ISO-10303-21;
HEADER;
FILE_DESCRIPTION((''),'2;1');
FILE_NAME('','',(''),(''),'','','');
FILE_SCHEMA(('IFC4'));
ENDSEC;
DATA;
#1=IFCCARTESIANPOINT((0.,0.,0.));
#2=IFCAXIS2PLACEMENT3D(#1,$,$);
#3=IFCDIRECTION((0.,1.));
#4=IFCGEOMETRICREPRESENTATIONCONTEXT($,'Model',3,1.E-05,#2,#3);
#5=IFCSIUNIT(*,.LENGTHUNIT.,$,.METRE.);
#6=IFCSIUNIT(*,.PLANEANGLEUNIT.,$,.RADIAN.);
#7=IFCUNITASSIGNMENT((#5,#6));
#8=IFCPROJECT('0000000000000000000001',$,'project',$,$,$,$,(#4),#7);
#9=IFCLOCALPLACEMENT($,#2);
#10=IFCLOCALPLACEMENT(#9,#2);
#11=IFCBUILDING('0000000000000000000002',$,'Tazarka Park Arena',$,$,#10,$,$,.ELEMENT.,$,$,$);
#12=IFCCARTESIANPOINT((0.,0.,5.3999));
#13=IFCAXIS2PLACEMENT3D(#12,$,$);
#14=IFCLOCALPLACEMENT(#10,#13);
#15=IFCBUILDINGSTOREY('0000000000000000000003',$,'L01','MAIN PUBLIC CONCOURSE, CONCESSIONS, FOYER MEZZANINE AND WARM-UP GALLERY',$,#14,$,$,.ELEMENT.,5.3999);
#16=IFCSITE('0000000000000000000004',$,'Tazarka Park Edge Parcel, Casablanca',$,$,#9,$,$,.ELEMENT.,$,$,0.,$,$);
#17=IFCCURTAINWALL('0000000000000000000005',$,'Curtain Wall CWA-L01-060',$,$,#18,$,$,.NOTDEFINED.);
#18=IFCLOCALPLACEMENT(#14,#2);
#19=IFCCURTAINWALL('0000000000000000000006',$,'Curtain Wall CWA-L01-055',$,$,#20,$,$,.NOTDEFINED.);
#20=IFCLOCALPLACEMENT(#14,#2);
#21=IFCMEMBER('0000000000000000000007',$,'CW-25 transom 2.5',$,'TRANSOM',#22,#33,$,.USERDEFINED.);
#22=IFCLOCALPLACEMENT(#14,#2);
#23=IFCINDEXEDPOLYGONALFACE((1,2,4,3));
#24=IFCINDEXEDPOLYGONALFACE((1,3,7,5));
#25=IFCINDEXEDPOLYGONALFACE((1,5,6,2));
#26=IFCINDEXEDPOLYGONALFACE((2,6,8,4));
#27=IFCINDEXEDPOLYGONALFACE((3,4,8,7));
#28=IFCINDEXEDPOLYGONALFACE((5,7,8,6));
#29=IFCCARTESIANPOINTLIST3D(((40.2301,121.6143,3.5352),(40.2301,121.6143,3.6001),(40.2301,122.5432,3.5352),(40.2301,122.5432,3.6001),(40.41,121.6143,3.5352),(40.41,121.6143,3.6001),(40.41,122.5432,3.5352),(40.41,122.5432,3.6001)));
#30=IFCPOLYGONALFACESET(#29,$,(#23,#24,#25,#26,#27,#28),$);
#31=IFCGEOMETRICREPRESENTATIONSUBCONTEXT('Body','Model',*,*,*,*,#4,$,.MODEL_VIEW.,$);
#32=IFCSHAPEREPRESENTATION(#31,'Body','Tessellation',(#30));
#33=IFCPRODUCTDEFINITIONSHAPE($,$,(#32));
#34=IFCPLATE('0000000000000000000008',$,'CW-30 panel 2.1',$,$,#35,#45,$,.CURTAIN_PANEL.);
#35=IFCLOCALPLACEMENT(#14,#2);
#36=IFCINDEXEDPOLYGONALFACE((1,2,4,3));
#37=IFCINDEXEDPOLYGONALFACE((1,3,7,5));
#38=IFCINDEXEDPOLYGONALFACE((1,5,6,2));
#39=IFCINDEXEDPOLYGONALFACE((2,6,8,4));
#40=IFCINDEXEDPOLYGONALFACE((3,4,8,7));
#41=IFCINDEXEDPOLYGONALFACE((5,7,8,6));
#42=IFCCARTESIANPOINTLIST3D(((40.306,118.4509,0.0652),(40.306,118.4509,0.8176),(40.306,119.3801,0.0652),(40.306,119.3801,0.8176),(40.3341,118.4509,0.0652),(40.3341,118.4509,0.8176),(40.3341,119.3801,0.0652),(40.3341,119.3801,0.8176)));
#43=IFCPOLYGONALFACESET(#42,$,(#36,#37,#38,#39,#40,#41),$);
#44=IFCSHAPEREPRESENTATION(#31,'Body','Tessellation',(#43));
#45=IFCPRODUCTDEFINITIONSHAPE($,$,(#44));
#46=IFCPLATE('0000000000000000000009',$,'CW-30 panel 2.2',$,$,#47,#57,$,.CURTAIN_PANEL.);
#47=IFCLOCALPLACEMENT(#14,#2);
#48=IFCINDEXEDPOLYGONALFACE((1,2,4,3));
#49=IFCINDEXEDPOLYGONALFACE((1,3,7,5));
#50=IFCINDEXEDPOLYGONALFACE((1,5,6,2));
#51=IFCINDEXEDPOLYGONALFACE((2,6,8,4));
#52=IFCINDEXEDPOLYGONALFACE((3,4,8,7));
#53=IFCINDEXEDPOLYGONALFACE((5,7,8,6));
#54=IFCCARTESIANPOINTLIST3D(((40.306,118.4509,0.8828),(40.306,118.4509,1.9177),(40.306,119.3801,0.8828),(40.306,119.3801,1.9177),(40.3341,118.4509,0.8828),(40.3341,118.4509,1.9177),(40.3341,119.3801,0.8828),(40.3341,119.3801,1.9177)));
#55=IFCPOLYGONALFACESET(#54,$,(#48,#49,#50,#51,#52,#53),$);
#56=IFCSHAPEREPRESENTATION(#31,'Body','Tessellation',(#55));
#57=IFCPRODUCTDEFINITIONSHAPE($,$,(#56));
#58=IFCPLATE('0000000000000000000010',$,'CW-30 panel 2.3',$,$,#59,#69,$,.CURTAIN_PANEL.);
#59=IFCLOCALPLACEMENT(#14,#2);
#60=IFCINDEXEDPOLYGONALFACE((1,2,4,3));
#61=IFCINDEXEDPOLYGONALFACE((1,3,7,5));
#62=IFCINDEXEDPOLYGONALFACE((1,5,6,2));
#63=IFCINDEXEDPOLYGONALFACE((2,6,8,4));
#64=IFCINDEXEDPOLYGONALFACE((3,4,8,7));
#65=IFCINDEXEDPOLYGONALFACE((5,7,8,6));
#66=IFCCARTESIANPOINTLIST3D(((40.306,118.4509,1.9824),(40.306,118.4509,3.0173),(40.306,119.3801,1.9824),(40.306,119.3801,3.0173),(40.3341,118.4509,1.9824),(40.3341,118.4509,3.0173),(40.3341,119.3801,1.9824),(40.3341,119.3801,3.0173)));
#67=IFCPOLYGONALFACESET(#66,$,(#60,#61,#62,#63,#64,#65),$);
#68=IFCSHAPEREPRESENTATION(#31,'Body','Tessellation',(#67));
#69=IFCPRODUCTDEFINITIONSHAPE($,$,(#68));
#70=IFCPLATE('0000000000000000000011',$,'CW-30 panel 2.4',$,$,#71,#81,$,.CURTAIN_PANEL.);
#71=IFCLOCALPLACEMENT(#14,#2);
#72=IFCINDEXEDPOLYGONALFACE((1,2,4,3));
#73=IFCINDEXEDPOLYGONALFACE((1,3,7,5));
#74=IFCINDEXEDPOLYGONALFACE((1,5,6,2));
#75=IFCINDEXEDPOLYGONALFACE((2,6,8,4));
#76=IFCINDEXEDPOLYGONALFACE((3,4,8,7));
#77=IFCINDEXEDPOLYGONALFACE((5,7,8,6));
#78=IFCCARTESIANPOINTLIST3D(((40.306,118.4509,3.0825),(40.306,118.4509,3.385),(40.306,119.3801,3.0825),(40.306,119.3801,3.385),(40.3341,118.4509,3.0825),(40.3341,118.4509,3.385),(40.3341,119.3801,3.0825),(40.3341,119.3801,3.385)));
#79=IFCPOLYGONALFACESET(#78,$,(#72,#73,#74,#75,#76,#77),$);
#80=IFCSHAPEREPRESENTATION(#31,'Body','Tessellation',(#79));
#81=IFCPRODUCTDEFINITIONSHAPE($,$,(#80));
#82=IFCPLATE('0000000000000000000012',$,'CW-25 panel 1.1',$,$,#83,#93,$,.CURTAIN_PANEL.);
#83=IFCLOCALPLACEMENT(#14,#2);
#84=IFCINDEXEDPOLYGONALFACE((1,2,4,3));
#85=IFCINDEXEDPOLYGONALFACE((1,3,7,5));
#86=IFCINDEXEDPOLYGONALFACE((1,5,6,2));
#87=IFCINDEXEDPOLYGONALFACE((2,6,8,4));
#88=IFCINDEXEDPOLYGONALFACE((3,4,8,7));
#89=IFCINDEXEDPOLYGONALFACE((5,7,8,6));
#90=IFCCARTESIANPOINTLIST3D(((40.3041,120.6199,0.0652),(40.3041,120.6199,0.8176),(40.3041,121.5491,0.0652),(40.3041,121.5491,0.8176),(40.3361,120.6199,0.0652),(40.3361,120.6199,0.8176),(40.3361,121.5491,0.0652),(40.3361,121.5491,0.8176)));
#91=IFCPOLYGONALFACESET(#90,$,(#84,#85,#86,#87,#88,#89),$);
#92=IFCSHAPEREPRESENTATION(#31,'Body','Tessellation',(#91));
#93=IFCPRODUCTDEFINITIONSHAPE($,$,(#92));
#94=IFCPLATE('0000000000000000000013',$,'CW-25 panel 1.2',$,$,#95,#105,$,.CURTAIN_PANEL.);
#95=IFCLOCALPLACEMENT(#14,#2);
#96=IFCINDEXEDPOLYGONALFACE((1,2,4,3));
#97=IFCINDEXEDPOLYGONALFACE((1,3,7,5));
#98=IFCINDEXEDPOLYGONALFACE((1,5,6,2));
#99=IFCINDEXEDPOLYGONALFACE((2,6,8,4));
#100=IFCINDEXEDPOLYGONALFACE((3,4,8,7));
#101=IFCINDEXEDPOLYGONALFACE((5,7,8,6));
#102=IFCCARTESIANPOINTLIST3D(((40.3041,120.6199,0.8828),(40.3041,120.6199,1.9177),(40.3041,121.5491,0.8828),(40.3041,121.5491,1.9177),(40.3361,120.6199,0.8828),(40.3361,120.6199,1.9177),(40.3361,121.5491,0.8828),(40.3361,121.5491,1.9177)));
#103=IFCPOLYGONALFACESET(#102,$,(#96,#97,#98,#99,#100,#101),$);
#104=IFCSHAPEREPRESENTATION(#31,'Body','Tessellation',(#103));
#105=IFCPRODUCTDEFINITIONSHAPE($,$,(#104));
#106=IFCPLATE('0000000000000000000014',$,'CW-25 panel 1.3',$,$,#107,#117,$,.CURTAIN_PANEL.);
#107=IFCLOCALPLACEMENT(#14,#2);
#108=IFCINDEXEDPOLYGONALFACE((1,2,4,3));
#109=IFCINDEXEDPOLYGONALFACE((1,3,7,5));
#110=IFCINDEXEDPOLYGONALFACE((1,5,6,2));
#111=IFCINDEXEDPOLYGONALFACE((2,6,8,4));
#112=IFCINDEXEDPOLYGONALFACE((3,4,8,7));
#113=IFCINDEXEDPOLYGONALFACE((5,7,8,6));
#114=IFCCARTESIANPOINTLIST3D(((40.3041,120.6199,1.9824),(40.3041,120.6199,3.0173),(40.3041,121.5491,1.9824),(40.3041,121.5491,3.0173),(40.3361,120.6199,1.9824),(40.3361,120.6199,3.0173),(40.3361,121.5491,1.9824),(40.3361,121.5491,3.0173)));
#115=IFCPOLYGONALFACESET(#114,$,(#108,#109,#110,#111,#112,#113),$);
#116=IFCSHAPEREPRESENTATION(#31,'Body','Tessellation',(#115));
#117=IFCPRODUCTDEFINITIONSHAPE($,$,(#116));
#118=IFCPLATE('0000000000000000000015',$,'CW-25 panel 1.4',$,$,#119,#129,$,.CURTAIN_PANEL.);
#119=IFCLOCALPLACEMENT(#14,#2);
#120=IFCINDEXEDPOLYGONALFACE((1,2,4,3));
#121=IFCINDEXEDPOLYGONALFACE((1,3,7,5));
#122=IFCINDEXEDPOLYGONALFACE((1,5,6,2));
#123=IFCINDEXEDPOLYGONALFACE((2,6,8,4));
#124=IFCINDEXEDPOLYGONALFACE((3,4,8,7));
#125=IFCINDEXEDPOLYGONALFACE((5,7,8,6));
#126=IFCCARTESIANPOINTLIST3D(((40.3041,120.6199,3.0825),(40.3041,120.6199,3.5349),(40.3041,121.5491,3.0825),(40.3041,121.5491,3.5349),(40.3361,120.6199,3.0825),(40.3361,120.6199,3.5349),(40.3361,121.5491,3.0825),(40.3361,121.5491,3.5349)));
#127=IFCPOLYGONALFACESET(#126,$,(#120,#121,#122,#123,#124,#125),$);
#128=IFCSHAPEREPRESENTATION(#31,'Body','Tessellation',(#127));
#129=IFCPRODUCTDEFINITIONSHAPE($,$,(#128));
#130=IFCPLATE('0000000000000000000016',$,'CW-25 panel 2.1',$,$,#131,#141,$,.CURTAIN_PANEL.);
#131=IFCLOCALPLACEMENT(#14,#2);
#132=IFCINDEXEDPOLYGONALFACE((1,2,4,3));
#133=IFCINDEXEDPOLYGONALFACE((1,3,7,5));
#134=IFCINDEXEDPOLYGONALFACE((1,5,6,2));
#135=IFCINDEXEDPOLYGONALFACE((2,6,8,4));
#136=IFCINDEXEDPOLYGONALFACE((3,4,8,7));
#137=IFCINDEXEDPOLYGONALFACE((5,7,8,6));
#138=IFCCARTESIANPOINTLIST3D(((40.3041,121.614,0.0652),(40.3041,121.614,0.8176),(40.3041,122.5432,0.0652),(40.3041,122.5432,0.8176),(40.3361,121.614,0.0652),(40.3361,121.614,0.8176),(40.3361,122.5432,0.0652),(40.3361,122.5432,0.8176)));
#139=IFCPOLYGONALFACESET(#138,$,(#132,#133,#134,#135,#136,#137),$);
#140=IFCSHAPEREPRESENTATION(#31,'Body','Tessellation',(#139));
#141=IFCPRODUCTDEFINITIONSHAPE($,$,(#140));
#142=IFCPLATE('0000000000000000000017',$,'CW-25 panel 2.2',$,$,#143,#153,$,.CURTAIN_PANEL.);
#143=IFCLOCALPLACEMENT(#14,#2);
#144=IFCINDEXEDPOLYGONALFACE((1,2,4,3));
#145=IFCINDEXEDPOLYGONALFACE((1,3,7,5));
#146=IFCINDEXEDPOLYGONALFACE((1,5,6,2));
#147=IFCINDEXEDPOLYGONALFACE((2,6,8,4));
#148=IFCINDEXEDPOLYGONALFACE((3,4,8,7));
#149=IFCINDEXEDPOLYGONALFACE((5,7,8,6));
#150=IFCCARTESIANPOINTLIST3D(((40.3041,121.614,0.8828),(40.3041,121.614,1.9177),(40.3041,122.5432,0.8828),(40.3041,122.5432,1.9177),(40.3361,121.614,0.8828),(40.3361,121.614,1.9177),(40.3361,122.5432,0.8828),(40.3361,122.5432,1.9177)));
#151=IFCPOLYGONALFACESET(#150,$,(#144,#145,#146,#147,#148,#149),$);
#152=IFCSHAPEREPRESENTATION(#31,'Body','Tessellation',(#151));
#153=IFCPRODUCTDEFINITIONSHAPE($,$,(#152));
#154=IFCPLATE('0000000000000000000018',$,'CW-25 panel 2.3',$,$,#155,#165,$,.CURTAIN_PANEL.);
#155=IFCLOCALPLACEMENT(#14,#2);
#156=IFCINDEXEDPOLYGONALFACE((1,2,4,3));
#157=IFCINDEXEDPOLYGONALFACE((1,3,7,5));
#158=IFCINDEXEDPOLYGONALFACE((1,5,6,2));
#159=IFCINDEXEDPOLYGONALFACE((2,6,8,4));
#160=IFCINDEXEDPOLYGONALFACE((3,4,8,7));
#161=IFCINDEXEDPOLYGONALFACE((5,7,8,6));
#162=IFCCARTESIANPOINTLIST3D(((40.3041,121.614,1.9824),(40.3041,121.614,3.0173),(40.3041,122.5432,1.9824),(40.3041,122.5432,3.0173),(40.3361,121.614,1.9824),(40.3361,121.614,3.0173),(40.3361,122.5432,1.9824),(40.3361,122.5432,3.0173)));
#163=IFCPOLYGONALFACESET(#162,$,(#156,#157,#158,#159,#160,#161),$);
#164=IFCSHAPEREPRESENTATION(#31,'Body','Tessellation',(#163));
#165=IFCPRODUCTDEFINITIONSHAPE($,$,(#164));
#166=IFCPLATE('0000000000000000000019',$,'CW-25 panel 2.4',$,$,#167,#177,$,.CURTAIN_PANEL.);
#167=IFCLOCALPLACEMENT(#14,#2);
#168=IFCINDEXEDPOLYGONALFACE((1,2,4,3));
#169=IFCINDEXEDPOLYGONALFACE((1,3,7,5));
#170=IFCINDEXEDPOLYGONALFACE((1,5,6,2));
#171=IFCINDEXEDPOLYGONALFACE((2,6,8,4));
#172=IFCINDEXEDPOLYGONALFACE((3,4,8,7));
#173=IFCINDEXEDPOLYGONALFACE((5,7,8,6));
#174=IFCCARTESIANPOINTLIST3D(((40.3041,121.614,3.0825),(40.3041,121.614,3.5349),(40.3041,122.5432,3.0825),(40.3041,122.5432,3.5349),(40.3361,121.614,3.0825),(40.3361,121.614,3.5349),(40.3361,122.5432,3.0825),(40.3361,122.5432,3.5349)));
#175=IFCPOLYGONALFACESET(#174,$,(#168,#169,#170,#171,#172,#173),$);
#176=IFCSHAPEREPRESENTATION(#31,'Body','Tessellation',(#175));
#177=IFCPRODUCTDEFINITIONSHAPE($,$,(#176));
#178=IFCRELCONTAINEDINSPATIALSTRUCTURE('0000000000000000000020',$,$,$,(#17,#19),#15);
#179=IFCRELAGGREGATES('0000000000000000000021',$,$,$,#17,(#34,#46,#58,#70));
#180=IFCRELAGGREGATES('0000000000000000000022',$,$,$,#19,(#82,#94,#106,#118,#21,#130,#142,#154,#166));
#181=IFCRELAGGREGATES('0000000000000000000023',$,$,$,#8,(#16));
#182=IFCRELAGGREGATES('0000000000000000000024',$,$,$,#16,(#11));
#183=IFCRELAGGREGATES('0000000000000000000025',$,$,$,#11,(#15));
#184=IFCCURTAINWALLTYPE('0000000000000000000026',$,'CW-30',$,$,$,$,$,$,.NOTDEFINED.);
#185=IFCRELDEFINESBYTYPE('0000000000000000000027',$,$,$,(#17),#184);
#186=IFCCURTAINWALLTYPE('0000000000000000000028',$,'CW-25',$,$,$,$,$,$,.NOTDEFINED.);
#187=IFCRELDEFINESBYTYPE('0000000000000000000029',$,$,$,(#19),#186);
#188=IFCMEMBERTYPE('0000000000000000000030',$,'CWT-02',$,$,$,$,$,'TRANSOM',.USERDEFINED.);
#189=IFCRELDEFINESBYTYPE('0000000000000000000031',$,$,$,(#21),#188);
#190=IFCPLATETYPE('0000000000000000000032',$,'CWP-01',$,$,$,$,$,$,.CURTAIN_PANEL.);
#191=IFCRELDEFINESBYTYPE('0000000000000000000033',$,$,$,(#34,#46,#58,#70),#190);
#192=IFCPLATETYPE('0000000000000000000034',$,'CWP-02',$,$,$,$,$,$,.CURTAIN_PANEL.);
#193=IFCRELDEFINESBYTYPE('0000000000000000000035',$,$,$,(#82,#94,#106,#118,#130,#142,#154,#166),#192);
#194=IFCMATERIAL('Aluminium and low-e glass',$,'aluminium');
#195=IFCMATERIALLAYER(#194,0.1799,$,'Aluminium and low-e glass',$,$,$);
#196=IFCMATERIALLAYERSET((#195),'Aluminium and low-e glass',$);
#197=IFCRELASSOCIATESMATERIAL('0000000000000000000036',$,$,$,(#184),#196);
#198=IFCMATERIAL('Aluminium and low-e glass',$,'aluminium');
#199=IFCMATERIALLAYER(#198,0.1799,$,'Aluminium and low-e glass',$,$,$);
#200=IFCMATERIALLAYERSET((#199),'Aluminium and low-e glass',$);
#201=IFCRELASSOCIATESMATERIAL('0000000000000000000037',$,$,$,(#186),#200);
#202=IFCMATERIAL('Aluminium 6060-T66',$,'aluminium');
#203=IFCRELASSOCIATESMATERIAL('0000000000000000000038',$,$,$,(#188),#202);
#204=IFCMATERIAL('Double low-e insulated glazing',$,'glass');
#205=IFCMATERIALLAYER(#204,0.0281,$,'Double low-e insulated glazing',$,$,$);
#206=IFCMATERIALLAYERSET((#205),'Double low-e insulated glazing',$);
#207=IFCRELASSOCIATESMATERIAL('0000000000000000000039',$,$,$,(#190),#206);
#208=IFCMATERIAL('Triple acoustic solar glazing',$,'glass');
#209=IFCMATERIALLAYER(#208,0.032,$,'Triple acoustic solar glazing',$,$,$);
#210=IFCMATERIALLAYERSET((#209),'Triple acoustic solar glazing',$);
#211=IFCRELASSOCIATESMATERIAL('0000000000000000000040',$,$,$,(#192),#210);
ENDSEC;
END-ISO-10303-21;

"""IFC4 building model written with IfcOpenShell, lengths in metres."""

from ifc_helpers import new_model, si_unit, direction, frame, origin, origin_2d, place, context, subcontext, project, spatial, rectangle, extrude, material, layer, layer_set, material_profile, profile_set, type_object, element, aggregate, save


model = new_model("IFC4")

# Units and contexts
model_context = context("Model", 3, precision=1e-05, world=origin(), true_north=direction((0.0, 1.0)))
body_context = subcontext(model_context, "Body", "Model", "MODEL_VIEW")
ifc_project = project(units=[si_unit("LENGTHUNIT", "METRE"), si_unit("PLANEANGLEUNIT", "RADIAN")], contexts=[model_context])

# Site, building, storey
site_placement = place(None, origin())
site = spatial("IfcSite", under=ifc_project, at=site_placement, Name="Tazarka Park Edge Parcel, Casablanca", CompositionType="ELEMENT", RefElevation=0.0)
building_placement = place(site_placement, origin())
building = spatial("IfcBuilding", under=site, at=building_placement, Name="Tazarka Park Arena", CompositionType="ELEMENT")
storey_placement = place(building_placement, frame((0.0, 0.0, 5.3999)))
storey = spatial("IfcBuildingStorey", under=building, at=storey_placement, Name="L01", Description="MAIN PUBLIC CONCOURSE, CONCESSIONS, FOYER MEZZANINE AND WARM-UP GALLERY", CompositionType="ELEMENT", Elevation=5.3999)

# Curtain wall
ifc_material_1 = material(Name="Aluminium and low-e glass", Category="aluminium")
ifc_layer_1 = layer(ifc_material_1, 0.1799, Name="Aluminium and low-e glass")
ifc_layer_set_1 = layer_set([ifc_layer_1], Name="Aluminium and low-e glass")
curtain_wall_type_1 = type_object("IfcCurtainWallType", Name="CW-30", PredefinedType="NOTDEFINED", material=ifc_layer_set_1)
curtain_wall_1_placement = place(storey_placement, origin())
curtain_wall_1 = element("IfcCurtainWall", 1, at=curtain_wall_1_placement, inside=storey, type_object=curtain_wall_type_1, Name="Curtain Wall CWA-L01-060", PredefinedType="NOTDEFINED")

# Curtain wall
ifc_material_2 = material(Name="Aluminium and low-e glass", Category="aluminium")
ifc_layer_2 = layer(ifc_material_2, 0.1799, Name="Aluminium and low-e glass")
ifc_layer_set_2 = layer_set([ifc_layer_2], Name="Aluminium and low-e glass")
curtain_wall_type_2 = type_object("IfcCurtainWallType", Name="CW-25", PredefinedType="NOTDEFINED", material=ifc_layer_set_2)
curtain_wall_2_placement = place(storey_placement, origin())
curtain_wall_2 = element("IfcCurtainWall", 2, at=curtain_wall_2_placement, inside=storey, type_object=curtain_wall_type_2, Name="Curtain Wall CWA-L01-055", PredefinedType="NOTDEFINED")

# Member
ifc_material_3 = material(Name="Aluminium 6060-T66", Category="aluminium")
ifc_material_profile_1 = material_profile(ifc_material_3, rectangle(XDim=0.1799, YDim=0.0649, at=origin_2d()), Name="Aluminium 6060-T66")
ifc_profile_set_1 = profile_set([ifc_material_profile_1], Name="Aluminium 6060-T66")
member_type_1 = type_object("IfcMemberType", Name="CWT-02", ElementType="TRANSOM", PredefinedType="USERDEFINED", material=ifc_profile_set_1)
member_1_placement = place(storey_placement, frame((40.3201, 121.6143, 3.5676), z_axis=(0.0, 1.0, 0.0), x_axis=(-1.0, 0.0, 0.0)))
member_1 = element("IfcMember", 3, at=member_1_placement, type_object=member_type_1, Name="CW-25 transom 2.5", ObjectType="TRANSOM", PredefinedType="USERDEFINED", context=body_context, shape_type="SweptSolid", body=[
    extrude(rectangle(XDim=0.1799, YDim=0.0649, at=origin_2d()), origin(), (0.0, 0.0, 1.0), 0.929),
])

# Plates
ifc_material_4 = material(Name="Double low-e insulated glazing", Category="glass")
ifc_layer_3 = layer(ifc_material_4, 0.0281, Name="Double low-e insulated glazing")
ifc_layer_set_3 = layer_set([ifc_layer_3], Name="Double low-e insulated glazing")
plate_type_1 = type_object("IfcPlateType", Name="CWP-01", PredefinedType="CURTAIN_PANEL", material=ifc_layer_set_3)
plate_1_placement = place(storey_placement, frame((40.3201, 118.9155, 0.0652), z_axis=(0.0, 0.0, 1.0), x_axis=(0.0, 1.0, 0.0)))
plate_1 = element("IfcPlate", 4, at=plate_1_placement, type_object=plate_type_1, Name="CW-30 panel 2.1", PredefinedType="CURTAIN_PANEL", context=body_context, shape_type="SweptSolid", body=[
    extrude(rectangle(XDim=0.9292, YDim=0.0281, at=origin_2d()), origin(), (0.0, 0.0, 1.0), 0.7524),
])
plate_2_placement = place(storey_placement, frame((40.3201, 118.9155, 0.8828), z_axis=(0.0, 0.0, 1.0), x_axis=(0.0, 1.0, 0.0)))
plate_2 = element("IfcPlate", 5, at=plate_2_placement, type_object=plate_type_1, Name="CW-30 panel 2.2", PredefinedType="CURTAIN_PANEL", context=body_context, shape_type="SweptSolid", body=[
    extrude(rectangle(XDim=0.9292, YDim=0.0281, at=origin_2d()), origin(), (0.0, 0.0, 1.0), 1.0349),
])
plate_3_placement = place(storey_placement, frame((40.3201, 118.9155, 1.9824), z_axis=(0.0, 0.0, 1.0), x_axis=(0.0, 1.0, 0.0)))
plate_3 = element("IfcPlate", 6, at=plate_3_placement, type_object=plate_type_1, Name="CW-30 panel 2.3", PredefinedType="CURTAIN_PANEL", context=body_context, shape_type="SweptSolid", body=[
    extrude(rectangle(XDim=0.9292, YDim=0.0281, at=origin_2d()), origin(), (0.0, 0.0, 1.0), 1.0349),
])
plate_4_placement = place(storey_placement, frame((40.3201, 118.9155, 3.0825), z_axis=(0.0, 0.0, 1.0), x_axis=(0.0, 1.0, 0.0)))
plate_4 = element("IfcPlate", 7, at=plate_4_placement, type_object=plate_type_1, Name="CW-30 panel 2.4", PredefinedType="CURTAIN_PANEL", context=body_context, shape_type="SweptSolid", body=[
    extrude(rectangle(XDim=0.9292, YDim=0.0281, at=origin_2d()), origin(), (0.0, 0.0, 1.0), 0.3025),
])
aggregate(curtain_wall_1, [plate_1, plate_2, plate_3, plate_4])
ifc_material_5 = material(Name="Triple acoustic solar glazing", Category="glass")
ifc_layer_4 = layer(ifc_material_5, 0.032, Name="Triple acoustic solar glazing")
ifc_layer_set_4 = layer_set([ifc_layer_4], Name="Triple acoustic solar glazing")
plate_type_2 = type_object("IfcPlateType", Name="CWP-02", PredefinedType="CURTAIN_PANEL", material=ifc_layer_set_4)
plate_5_placement = place(storey_placement, frame((40.3201, 121.0845, 0.0652), z_axis=(0.0, 0.0, 1.0), x_axis=(0.0, 1.0, 0.0)))
plate_5 = element("IfcPlate", 8, at=plate_5_placement, type_object=plate_type_2, Name="CW-25 panel 1.1", PredefinedType="CURTAIN_PANEL", context=body_context, shape_type="SweptSolid", body=[
    extrude(rectangle(XDim=0.9292, YDim=0.032, at=origin_2d()), origin(), (0.0, 0.0, 1.0), 0.7524),
])
plate_6_placement = place(storey_placement, frame((40.3201, 121.0845, 0.8828), z_axis=(0.0, 0.0, 1.0), x_axis=(0.0, 1.0, 0.0)))
plate_6 = element("IfcPlate", 9, at=plate_6_placement, type_object=plate_type_2, Name="CW-25 panel 1.2", PredefinedType="CURTAIN_PANEL", context=body_context, shape_type="SweptSolid", body=[
    extrude(rectangle(XDim=0.9292, YDim=0.032, at=origin_2d()), origin(), (0.0, 0.0, 1.0), 1.0349),
])
plate_7_placement = place(storey_placement, frame((40.3201, 121.0845, 1.9824), z_axis=(0.0, 0.0, 1.0), x_axis=(0.0, 1.0, 0.0)))
plate_7 = element("IfcPlate", 10, at=plate_7_placement, type_object=plate_type_2, Name="CW-25 panel 1.3", PredefinedType="CURTAIN_PANEL", context=body_context, shape_type="SweptSolid", body=[
    extrude(rectangle(XDim=0.9292, YDim=0.032, at=origin_2d()), origin(), (0.0, 0.0, 1.0), 1.0349),
])
plate_8_placement = place(storey_placement, frame((40.3201, 121.0845, 3.0825), z_axis=(0.0, 0.0, 1.0), x_axis=(0.0, 1.0, 0.0)))
plate_8 = element("IfcPlate", 11, at=plate_8_placement, type_object=plate_type_2, Name="CW-25 panel 1.4", PredefinedType="CURTAIN_PANEL", context=body_context, shape_type="SweptSolid", body=[
    extrude(rectangle(XDim=0.9292, YDim=0.032, at=origin_2d()), origin(), (0.0, 0.0, 1.0), 0.4524),
])
plate_9_placement = place(storey_placement, frame((40.3201, 122.0786, 0.0652), z_axis=(0.0, 0.0, 1.0), x_axis=(0.0, 1.0, 0.0)))
plate_9 = element("IfcPlate", 12, at=plate_9_placement, type_object=plate_type_2, Name="CW-25 panel 2.1", PredefinedType="CURTAIN_PANEL", context=body_context, shape_type="SweptSolid", body=[
    extrude(rectangle(XDim=0.9292, YDim=0.032, at=origin_2d()), origin(), (0.0, 0.0, 1.0), 0.7524),
])
plate_10_placement = place(storey_placement, frame((40.3201, 122.0786, 0.8828), z_axis=(0.0, 0.0, 1.0), x_axis=(0.0, 1.0, 0.0)))
plate_10 = element("IfcPlate", 13, at=plate_10_placement, type_object=plate_type_2, Name="CW-25 panel 2.2", PredefinedType="CURTAIN_PANEL", context=body_context, shape_type="SweptSolid", body=[
    extrude(rectangle(XDim=0.9292, YDim=0.032, at=origin_2d()), origin(), (0.0, 0.0, 1.0), 1.0349),
])
plate_11_placement = place(storey_placement, frame((40.3201, 122.0786, 1.9824), z_axis=(0.0, 0.0, 1.0), x_axis=(0.0, 1.0, 0.0)))
plate_11 = element("IfcPlate", 14, at=plate_11_placement, type_object=plate_type_2, Name="CW-25 panel 2.3", PredefinedType="CURTAIN_PANEL", context=body_context, shape_type="SweptSolid", body=[
    extrude(rectangle(XDim=0.9292, YDim=0.032, at=origin_2d()), origin(), (0.0, 0.0, 1.0), 1.0349),
])
plate_12_placement = place(storey_placement, frame((40.3201, 122.0786, 3.0825), z_axis=(0.0, 0.0, 1.0), x_axis=(0.0, 1.0, 0.0)))
plate_12 = element("IfcPlate", 15, at=plate_12_placement, type_object=plate_type_2, Name="CW-25 panel 2.4", PredefinedType="CURTAIN_PANEL", context=body_context, shape_type="SweptSolid", body=[
    extrude(rectangle(XDim=0.9292, YDim=0.032, at=origin_2d()), origin(), (0.0, 0.0, 1.0), 0.4524),
])
aggregate(curtain_wall_2, [plate_5, plate_6, plate_7, plate_8, member_1, plate_9, plate_10, plate_11, plate_12])

save(model, "model.ifc")
